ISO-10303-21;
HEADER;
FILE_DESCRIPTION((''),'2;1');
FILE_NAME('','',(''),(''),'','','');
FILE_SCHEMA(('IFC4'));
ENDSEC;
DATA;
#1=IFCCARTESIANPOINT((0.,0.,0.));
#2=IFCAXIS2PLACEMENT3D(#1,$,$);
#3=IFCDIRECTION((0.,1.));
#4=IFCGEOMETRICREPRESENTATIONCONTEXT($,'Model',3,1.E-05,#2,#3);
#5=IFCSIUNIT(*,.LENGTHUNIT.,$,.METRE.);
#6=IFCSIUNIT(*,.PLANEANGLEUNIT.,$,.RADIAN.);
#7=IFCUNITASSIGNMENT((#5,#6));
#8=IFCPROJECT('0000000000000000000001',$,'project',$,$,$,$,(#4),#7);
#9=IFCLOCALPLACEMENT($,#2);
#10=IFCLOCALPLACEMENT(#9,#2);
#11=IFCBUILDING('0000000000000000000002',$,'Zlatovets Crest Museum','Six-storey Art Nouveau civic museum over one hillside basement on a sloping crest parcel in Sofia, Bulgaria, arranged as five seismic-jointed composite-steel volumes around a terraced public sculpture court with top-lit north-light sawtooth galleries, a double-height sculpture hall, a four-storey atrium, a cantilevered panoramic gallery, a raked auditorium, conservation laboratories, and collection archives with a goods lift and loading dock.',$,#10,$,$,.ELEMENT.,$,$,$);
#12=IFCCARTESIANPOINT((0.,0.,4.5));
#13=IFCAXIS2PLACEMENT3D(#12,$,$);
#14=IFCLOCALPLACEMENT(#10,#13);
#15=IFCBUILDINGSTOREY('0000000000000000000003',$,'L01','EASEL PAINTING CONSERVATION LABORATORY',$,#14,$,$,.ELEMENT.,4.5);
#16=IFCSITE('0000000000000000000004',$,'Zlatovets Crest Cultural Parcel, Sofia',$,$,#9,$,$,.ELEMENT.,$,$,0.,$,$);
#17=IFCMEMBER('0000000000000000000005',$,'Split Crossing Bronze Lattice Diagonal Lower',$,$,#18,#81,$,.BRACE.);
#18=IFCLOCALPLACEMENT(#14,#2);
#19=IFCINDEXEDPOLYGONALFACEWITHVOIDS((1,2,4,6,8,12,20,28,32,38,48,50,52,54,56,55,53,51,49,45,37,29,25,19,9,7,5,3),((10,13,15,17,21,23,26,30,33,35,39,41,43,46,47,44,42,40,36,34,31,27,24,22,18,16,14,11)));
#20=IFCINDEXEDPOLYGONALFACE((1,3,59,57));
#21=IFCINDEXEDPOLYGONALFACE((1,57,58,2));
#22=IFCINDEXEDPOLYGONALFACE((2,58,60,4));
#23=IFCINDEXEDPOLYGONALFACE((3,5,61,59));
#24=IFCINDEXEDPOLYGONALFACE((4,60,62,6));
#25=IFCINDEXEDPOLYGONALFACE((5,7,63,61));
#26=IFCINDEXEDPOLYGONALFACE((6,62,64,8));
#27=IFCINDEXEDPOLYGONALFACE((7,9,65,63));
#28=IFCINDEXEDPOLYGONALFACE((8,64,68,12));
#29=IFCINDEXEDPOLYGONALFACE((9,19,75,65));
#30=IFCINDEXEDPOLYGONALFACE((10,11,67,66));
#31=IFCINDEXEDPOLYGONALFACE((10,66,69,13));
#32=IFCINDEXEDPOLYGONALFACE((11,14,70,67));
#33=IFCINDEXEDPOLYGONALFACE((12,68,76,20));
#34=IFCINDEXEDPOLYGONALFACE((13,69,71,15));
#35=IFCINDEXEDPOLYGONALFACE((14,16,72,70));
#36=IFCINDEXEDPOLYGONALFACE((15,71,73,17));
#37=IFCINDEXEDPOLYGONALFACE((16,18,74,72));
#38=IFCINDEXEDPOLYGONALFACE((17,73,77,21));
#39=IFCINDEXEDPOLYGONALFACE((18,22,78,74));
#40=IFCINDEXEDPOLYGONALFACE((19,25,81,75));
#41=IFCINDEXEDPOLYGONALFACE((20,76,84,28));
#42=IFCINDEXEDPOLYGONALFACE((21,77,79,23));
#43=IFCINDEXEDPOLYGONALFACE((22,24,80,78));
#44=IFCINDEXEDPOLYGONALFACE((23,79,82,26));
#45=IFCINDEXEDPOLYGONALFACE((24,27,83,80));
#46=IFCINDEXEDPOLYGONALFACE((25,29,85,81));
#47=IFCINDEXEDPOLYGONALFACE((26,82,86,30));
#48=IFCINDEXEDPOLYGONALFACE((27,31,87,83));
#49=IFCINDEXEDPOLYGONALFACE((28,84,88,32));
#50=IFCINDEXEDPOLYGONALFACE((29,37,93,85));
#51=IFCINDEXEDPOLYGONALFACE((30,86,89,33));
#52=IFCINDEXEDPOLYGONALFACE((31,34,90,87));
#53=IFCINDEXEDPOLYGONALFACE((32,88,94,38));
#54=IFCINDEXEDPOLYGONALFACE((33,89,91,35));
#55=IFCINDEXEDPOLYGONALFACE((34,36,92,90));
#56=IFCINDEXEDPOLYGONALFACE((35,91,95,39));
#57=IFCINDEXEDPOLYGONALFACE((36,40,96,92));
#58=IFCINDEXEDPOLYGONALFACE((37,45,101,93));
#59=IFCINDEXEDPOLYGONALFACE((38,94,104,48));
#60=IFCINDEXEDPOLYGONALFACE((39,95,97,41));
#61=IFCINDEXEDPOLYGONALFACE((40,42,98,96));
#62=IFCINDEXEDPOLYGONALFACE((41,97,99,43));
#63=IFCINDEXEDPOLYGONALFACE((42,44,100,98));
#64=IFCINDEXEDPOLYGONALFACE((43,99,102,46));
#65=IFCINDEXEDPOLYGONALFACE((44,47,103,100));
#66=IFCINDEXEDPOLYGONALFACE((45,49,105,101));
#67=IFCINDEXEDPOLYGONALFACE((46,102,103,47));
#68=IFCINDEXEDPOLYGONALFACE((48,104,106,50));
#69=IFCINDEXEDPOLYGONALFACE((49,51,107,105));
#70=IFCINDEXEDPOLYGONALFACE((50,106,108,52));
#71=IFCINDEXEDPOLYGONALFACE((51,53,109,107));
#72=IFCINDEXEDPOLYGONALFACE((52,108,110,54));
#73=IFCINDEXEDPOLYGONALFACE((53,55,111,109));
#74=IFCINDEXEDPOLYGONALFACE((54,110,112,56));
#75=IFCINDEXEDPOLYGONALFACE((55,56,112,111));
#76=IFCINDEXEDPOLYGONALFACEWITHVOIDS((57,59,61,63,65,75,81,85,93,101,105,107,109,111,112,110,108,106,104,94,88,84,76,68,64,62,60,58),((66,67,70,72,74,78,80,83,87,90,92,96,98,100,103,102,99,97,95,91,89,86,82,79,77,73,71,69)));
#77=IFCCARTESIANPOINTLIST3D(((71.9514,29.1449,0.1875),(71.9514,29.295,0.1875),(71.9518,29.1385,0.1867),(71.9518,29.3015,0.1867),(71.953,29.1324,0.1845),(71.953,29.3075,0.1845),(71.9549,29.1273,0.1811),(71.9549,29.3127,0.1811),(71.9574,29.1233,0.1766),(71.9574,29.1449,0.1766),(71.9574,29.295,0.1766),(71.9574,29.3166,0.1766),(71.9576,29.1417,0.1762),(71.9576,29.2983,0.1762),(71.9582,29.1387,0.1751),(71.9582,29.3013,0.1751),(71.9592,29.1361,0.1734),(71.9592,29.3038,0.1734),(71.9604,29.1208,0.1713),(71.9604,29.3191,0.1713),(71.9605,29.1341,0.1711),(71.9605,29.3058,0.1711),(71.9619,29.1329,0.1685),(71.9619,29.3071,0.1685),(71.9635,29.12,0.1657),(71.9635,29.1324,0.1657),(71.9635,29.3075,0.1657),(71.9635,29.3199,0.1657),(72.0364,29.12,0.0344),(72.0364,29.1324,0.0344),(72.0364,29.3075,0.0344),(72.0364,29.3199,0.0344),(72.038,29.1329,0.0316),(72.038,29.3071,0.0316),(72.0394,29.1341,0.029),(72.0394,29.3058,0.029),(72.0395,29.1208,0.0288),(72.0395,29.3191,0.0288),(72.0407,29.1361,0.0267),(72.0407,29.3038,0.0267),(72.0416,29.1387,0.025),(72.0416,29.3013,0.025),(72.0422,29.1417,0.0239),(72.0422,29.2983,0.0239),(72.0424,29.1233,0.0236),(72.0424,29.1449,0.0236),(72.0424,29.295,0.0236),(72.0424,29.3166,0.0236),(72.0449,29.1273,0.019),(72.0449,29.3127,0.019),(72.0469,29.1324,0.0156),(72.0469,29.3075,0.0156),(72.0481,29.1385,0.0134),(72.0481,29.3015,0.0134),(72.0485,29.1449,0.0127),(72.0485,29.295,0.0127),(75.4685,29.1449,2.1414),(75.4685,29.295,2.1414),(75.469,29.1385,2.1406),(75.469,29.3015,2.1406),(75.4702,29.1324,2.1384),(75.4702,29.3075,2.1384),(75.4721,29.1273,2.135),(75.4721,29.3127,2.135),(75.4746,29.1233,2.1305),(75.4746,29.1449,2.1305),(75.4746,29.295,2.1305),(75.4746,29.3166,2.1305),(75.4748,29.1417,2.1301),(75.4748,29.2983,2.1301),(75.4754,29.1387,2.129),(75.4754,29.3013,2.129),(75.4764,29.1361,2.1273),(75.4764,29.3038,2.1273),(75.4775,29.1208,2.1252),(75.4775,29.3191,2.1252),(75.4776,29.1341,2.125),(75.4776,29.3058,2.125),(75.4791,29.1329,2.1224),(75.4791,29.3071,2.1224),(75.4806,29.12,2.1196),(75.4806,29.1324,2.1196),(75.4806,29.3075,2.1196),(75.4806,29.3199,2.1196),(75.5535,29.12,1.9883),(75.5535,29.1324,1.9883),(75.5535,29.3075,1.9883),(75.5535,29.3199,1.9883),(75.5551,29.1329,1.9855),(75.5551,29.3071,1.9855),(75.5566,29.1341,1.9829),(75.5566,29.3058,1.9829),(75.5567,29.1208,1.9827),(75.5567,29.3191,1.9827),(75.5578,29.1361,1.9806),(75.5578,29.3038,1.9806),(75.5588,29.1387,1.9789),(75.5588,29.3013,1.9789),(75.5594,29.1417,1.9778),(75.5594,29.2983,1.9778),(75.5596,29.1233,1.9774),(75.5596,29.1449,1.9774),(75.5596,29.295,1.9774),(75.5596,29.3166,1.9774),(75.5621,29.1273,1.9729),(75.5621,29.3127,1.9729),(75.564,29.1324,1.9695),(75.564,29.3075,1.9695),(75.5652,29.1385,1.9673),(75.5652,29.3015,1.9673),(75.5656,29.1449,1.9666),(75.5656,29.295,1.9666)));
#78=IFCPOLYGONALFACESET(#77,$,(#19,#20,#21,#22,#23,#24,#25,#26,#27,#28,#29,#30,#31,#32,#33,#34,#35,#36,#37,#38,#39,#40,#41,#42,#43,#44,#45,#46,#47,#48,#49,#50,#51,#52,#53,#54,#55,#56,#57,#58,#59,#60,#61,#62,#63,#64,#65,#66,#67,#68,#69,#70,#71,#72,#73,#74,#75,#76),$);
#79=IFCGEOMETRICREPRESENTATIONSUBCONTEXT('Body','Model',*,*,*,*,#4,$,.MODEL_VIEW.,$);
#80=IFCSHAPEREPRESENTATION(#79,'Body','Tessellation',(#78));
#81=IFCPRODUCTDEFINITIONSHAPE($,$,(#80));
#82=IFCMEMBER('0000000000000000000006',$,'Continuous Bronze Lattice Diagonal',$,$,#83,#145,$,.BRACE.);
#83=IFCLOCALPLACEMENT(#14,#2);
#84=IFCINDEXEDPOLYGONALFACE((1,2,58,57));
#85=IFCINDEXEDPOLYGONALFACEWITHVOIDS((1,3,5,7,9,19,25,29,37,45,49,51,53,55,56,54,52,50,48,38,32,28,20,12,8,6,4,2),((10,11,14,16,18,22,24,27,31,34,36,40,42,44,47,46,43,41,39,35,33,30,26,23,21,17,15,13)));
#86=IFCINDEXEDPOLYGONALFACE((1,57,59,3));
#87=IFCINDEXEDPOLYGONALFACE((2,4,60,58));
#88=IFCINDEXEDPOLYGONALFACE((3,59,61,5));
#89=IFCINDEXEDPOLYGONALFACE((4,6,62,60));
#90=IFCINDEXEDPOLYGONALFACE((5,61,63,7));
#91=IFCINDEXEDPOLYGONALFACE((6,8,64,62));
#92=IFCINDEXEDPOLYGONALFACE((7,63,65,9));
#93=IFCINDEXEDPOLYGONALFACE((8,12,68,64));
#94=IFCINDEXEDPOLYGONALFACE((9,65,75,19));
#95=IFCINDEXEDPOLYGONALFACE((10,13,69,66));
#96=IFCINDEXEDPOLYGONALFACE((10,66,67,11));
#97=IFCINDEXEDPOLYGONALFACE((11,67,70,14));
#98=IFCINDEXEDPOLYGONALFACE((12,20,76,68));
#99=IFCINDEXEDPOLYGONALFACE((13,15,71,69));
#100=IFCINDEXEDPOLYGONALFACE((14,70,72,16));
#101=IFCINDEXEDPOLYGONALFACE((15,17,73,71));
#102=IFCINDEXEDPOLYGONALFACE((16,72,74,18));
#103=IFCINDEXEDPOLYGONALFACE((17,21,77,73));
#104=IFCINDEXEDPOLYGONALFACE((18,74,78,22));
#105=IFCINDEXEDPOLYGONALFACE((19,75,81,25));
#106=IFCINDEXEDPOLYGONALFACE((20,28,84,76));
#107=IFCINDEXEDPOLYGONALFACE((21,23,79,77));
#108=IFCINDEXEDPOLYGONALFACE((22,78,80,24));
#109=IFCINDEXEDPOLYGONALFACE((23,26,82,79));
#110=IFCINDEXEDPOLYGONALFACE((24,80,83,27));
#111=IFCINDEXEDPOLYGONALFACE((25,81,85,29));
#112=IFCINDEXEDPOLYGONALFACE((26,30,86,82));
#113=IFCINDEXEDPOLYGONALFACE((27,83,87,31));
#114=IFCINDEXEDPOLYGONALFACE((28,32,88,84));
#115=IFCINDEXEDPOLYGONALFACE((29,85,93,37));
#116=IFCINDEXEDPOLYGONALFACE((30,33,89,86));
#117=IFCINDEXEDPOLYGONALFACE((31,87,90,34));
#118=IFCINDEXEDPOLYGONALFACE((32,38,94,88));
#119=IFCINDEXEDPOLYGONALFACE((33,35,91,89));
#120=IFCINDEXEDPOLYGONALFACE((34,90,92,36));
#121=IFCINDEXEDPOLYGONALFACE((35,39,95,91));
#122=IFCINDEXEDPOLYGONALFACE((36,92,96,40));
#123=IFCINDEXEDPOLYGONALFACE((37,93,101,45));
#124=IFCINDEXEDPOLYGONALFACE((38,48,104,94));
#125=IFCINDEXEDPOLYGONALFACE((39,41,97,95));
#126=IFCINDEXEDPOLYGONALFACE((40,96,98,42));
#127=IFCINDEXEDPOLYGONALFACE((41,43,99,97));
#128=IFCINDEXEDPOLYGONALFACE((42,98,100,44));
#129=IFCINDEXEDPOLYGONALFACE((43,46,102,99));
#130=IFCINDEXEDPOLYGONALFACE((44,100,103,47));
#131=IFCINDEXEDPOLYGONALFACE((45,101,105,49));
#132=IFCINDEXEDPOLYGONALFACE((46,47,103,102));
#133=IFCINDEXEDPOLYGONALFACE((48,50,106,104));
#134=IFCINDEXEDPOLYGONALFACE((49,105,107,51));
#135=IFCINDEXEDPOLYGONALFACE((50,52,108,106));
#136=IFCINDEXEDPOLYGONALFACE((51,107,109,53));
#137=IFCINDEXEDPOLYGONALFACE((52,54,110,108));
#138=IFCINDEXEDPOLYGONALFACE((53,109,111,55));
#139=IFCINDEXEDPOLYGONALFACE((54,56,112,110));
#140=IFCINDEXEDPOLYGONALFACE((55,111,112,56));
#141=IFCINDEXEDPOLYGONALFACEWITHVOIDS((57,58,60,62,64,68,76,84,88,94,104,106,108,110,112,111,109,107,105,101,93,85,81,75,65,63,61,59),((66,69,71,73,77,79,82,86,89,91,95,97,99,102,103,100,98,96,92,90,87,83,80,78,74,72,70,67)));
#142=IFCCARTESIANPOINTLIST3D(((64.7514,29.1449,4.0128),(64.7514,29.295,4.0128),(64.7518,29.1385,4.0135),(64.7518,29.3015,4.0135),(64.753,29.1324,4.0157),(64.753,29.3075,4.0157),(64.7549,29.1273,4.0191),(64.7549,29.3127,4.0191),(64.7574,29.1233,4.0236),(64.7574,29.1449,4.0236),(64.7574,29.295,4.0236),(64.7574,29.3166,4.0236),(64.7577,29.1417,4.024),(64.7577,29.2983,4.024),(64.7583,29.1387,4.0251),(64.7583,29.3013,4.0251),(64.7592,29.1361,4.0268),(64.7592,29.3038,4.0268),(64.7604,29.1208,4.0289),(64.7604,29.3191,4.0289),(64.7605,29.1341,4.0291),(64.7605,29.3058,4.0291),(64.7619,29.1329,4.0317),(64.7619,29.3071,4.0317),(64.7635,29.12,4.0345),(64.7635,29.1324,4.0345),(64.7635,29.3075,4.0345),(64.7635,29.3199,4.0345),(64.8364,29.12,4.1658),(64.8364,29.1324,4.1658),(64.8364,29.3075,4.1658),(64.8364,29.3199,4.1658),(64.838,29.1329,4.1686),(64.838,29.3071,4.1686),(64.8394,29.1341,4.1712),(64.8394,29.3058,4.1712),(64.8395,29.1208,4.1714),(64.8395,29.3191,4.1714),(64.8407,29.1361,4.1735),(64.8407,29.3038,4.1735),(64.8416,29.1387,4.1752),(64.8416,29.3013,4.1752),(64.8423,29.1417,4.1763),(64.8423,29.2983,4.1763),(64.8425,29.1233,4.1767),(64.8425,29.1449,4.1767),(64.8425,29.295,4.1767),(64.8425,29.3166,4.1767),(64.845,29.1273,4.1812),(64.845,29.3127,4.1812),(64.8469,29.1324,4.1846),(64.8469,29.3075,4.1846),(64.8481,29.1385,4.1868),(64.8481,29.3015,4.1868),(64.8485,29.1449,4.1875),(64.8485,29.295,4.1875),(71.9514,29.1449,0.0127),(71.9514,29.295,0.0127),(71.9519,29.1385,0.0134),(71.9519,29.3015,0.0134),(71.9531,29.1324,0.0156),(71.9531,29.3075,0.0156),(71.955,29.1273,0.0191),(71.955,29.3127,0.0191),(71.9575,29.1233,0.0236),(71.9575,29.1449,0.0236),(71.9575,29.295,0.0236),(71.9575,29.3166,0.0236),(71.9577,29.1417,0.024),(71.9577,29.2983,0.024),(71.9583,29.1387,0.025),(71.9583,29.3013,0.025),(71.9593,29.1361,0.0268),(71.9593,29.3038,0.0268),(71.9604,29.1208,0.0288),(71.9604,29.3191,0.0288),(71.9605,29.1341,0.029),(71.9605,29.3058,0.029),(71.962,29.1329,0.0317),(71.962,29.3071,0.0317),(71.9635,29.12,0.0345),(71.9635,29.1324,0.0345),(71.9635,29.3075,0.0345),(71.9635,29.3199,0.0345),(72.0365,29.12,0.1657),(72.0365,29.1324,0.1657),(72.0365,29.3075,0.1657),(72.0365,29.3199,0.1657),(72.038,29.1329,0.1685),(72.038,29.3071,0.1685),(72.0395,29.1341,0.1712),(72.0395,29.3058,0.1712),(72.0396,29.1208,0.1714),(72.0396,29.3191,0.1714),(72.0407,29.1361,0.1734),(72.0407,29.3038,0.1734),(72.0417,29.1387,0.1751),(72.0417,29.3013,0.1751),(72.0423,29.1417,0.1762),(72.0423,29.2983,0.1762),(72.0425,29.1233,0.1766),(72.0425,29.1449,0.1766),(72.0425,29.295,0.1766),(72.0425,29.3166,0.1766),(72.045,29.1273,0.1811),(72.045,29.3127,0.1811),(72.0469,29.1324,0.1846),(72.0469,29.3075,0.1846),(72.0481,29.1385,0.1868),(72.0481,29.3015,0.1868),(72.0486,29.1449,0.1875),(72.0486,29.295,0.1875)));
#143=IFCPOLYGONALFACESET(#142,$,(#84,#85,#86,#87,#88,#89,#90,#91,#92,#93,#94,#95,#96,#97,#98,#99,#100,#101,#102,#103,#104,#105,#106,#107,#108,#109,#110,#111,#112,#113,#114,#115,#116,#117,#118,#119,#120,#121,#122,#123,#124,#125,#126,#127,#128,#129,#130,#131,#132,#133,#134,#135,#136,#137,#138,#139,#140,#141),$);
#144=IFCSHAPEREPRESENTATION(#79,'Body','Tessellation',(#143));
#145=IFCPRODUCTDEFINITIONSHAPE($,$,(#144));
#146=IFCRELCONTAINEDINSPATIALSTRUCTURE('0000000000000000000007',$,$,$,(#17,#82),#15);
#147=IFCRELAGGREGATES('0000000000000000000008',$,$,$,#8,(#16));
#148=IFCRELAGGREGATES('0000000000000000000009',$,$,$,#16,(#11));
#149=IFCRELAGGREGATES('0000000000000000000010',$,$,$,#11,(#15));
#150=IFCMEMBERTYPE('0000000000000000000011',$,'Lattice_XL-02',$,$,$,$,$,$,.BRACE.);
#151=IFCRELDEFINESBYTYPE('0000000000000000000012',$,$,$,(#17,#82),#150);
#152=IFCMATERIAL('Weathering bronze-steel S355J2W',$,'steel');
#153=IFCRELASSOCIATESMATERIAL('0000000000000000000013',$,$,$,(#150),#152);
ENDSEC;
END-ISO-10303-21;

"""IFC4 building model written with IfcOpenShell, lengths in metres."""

from ifc_helpers import new_model, si_unit, direction, frame, origin, origin_2d, place, context, subcontext, project, spatial, hollow_rectangle, extrude, material, material_profile, profile_set, type_object, element, save


model = new_model("IFC4")

# Units and contexts
model_context = context("Model", 3, precision=1e-05, world=origin(), true_north=direction((0.0, 1.0)))
body_context = subcontext(model_context, "Body", "Model", "MODEL_VIEW")
ifc_project = project(units=[si_unit("LENGTHUNIT", "METRE"), si_unit("PLANEANGLEUNIT", "RADIAN")], contexts=[model_context])

# Site, building, storey
site_placement = place(None, origin())
site = spatial("IfcSite", under=ifc_project, at=site_placement, Name="Zlatovets Crest Cultural Parcel, Sofia", CompositionType="ELEMENT", RefElevation=0.0)
building_placement = place(site_placement, origin())
building = spatial("IfcBuilding", under=site, at=building_placement, Name="Zlatovets Crest Museum", Description="Six-storey Art Nouveau civic museum over one hillside basement on a sloping crest parcel in Sofia, Bulgaria, arranged as five seismic-jointed composite-steel volumes around a terraced public sculpture court with top-lit north-light sawtooth galleries, a double-height sculpture hall, a four-storey atrium, a cantilevered panoramic gallery, a raked auditorium, conservation laboratories, and collection archives with a goods lift and loading dock.", CompositionType="ELEMENT")
storey_placement = place(building_placement, frame((0.0, 0.0, 4.5)))
storey = spatial("IfcBuildingStorey", under=building, at=storey_placement, Name="L01", Description="EASEL PAINTING CONSERVATION LABORATORY", CompositionType="ELEMENT", Elevation=4.5)

# Members
ifc_material_1 = material(Name="Weathering bronze-steel S355J2W", Category="steel")
ifc_material_profile_1 = material_profile(ifc_material_1, hollow_rectangle(XDim=0.2, YDim=0.2, WallThickness=0.0125, InnerFilletRadius=0.0125, OuterFilletRadius=0.0249, at=origin_2d()), Name="SHS 200x200x12.5")
ifc_profile_set_1 = profile_set([ifc_material_profile_1], Name="Weathering bronze-steel S355J2W")
member_type_1 = type_object("IfcMemberType", Name="Lattice_XL-02", PredefinedType="BRACE", material=ifc_profile_set_1)
member_1_placement = place(storey_placement, frame((75.5171, 29.22, 2.054), z_axis=(-0.874166, 0.0, -0.485627), x_axis=(0.0, -1.0, 0.0)))
element("IfcMember", 1, at=member_1_placement, inside=storey, type_object=member_type_1, Name="Split Crossing Bronze Lattice Diagonal Lower", PredefinedType="BRACE", context=body_context, shape_type="SweptSolid", body=[
    extrude(hollow_rectangle(XDim=0.2, YDim=0.2, WallThickness=0.0125, InnerFilletRadius=0.0125, OuterFilletRadius=0.0249, at=origin_2d()), origin(), (0.0, 0.0, 1.0), 4.0234),
])
member_2_placement = place(storey_placement, frame((72.0, 29.22, 0.1001), z_axis=(-0.874156, 0.0, 0.485645), x_axis=(0.0, -1.0, 0.0)))
element("IfcMember", 2, at=member_2_placement, inside=storey, type_object=member_type_1, Name="Continuous Bronze Lattice Diagonal", PredefinedType="BRACE", context=body_context, shape_type="SweptSolid", body=[
    extrude(hollow_rectangle(XDim=0.2, YDim=0.2, WallThickness=0.0125, InnerFilletRadius=0.0125, OuterFilletRadius=0.0249, at=origin_2d()), origin(), (0.0, 0.0, 1.0), 8.2366),
])

save(model, "model.ifc")
